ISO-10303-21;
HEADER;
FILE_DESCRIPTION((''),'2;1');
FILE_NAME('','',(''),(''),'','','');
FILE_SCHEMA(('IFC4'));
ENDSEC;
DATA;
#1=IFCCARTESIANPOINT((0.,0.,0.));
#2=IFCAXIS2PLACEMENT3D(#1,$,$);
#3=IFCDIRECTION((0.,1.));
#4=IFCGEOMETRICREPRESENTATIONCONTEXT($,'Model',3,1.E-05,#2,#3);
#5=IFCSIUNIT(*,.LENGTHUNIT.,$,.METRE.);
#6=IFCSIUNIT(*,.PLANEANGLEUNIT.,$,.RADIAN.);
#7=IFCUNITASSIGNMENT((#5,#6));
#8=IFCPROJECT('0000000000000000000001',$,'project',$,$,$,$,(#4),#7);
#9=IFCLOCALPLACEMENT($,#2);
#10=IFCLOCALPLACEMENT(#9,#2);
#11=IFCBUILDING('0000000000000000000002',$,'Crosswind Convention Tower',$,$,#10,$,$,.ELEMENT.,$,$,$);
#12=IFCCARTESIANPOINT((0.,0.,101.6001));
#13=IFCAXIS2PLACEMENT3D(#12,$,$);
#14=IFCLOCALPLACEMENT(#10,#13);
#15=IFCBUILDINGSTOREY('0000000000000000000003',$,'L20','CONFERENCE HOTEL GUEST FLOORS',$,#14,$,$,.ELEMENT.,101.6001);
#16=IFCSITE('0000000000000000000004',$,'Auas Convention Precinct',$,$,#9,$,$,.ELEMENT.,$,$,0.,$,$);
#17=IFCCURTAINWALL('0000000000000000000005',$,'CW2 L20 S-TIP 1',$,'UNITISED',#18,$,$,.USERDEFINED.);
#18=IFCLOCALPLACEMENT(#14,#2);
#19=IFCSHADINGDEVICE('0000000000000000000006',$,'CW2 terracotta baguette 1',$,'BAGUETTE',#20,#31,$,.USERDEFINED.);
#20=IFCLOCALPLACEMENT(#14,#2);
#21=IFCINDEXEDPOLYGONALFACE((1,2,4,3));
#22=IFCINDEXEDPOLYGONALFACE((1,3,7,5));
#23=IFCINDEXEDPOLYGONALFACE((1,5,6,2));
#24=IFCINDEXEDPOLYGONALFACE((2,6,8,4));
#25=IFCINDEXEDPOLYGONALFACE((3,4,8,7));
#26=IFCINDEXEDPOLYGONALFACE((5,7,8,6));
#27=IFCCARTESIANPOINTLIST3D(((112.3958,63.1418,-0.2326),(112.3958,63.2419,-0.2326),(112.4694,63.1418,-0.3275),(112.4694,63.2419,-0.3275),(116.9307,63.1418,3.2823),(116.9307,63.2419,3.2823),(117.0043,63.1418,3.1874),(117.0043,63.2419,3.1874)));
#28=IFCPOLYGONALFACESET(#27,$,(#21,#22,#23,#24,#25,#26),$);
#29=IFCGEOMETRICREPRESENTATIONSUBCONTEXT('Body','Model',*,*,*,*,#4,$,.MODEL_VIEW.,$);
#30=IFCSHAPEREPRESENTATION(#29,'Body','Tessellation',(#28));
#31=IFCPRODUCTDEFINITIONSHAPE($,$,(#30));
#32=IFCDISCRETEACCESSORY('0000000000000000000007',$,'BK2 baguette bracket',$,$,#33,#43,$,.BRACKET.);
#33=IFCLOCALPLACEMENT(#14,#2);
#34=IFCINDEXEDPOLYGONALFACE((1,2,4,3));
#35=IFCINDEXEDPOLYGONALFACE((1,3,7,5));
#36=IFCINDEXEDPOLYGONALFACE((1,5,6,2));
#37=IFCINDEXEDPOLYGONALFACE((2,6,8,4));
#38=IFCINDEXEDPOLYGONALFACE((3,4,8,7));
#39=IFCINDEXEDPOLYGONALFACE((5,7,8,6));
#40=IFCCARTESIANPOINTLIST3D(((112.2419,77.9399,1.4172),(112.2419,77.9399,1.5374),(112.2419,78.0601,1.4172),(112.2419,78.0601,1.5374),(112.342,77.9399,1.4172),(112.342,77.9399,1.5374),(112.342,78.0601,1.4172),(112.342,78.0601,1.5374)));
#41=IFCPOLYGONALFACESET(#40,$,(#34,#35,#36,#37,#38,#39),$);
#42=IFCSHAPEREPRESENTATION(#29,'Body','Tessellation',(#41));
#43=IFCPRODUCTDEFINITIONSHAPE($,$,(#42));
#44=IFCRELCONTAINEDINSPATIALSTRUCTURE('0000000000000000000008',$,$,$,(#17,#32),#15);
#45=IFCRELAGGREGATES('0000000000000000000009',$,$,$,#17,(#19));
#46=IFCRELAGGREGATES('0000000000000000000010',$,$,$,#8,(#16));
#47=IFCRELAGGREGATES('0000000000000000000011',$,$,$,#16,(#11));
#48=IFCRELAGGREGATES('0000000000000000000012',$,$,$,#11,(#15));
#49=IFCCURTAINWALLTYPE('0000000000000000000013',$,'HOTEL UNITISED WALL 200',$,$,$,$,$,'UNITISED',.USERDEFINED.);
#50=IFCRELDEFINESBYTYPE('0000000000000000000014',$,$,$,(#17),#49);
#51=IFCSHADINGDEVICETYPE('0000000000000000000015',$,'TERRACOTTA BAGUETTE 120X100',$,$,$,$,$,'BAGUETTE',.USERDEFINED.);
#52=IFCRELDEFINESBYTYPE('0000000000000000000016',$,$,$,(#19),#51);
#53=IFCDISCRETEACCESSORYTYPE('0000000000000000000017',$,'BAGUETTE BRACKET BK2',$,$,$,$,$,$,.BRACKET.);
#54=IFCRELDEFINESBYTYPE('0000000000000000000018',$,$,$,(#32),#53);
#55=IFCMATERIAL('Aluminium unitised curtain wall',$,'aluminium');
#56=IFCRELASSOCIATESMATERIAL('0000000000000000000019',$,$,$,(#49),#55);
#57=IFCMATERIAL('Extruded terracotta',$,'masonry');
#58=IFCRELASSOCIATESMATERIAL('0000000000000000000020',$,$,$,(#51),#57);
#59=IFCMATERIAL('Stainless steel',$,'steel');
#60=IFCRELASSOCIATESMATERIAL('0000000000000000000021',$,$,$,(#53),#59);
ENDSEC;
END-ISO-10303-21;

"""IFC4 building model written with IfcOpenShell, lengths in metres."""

from ifc_helpers import new_model, si_unit, direction, frame, origin, origin_2d, place, context, subcontext, project, spatial, rectangle, extrude, material, material_profile, profile_set, type_object, element, aggregate, save


model = new_model("IFC4")

# Units and contexts
model_context = context("Model", 3, precision=1e-05, world=origin(), true_north=direction((0.0, 1.0)))
body_context = subcontext(model_context, "Body", "Model", "MODEL_VIEW")
ifc_project = project(units=[si_unit("LENGTHUNIT", "METRE"), si_unit("PLANEANGLEUNIT", "RADIAN")], contexts=[model_context])

# Site, building, storey
site_placement = place(None, origin())
site = spatial("IfcSite", under=ifc_project, at=site_placement, Name="Auas Convention Precinct", CompositionType="ELEMENT", RefElevation=0.0)
building_placement = place(site_placement, origin())
building = spatial("IfcBuilding", under=site, at=building_placement, Name="Crosswind Convention Tower", CompositionType="ELEMENT")
storey_placement = place(building_placement, frame((0.0, 0.0, 101.6001)))
storey = spatial("IfcBuildingStorey", under=building, at=storey_placement, Name="L20", Description="CONFERENCE HOTEL GUEST FLOORS", CompositionType="ELEMENT", Elevation=101.6001)

# Shared definitions
ifc_material_1 = material(Name="Aluminium unitised curtain wall", Category="aluminium")
curtain_wall_type = type_object("IfcCurtainWallType", Name="HOTEL UNITISED WALL 200", ElementType="UNITISED", PredefinedType="USERDEFINED", material=ifc_material_1)

# Shared definitions
ifc_material_2 = material(Name="Extruded terracotta", Category="masonry")
ifc_material_profile_1 = material_profile(ifc_material_2, rectangle(XDim=0.1001, YDim=0.1201, at=origin_2d()), Name="TC 100X120")
ifc_profile_set_1 = profile_set([ifc_material_profile_1], Name="Extruded terracotta")
shading_device_type = type_object("IfcShadingDeviceType", Name="TERRACOTTA BAGUETTE 120X100", ElementType="BAGUETTE", PredefinedType="USERDEFINED", material=ifc_profile_set_1)

# Curtain wall, shading device
curtain_wall_1_placement = place(storey_placement, origin())
curtain_wall_1 = element("IfcCurtainWall", 1, at=curtain_wall_1_placement, inside=storey, type_object=curtain_wall_type, Name="CW2 L20 S-TIP 1", ObjectType="UNITISED", PredefinedType="USERDEFINED")
shading_device_1_placement = place(storey_placement, frame((112.4326, 63.1919, -0.28), z_axis=(0.790387, 0.0, 0.612608), x_axis=(0.0, 1.0, 0.0)))
shading_device_1 = element("IfcShadingDevice", 2, at=shading_device_1_placement, type_object=shading_device_type, Name="CW2 terracotta baguette 1", ObjectType="BAGUETTE", PredefinedType="USERDEFINED", context=body_context, shape_type="SweptSolid", body=[
    extrude(rectangle(XDim=0.1001, YDim=0.1201, at=origin_2d()), origin(), (0.0, 0.0, 1.0), 5.7375),
])
aggregate(curtain_wall_1, [shading_device_1])

# Discrete accessory
ifc_material_3 = material(Name="Stainless steel", Category="steel")
discrete_accessory_type = type_object("IfcDiscreteAccessoryType", Name="BAGUETTE BRACKET BK2", PredefinedType="BRACKET", material=ifc_material_3)
discrete_accessory_placement = place(storey_placement, frame((112.292, 78.0, 1.4172), z_axis=(0.0, 0.0, 1.0), x_axis=(0.0, -1.0, 0.0)))
element("IfcDiscreteAccessory", 3, at=discrete_accessory_placement, inside=storey, type_object=discrete_accessory_type, Name="BK2 baguette bracket", PredefinedType="BRACKET", context=body_context, shape_type="SweptSolid", body=[
    extrude(rectangle(XDim=0.1201, YDim=0.1001, at=origin_2d()), origin(), (0.0, 0.0, 1.0), 0.1201),
])

save(model, "model.ifc")
